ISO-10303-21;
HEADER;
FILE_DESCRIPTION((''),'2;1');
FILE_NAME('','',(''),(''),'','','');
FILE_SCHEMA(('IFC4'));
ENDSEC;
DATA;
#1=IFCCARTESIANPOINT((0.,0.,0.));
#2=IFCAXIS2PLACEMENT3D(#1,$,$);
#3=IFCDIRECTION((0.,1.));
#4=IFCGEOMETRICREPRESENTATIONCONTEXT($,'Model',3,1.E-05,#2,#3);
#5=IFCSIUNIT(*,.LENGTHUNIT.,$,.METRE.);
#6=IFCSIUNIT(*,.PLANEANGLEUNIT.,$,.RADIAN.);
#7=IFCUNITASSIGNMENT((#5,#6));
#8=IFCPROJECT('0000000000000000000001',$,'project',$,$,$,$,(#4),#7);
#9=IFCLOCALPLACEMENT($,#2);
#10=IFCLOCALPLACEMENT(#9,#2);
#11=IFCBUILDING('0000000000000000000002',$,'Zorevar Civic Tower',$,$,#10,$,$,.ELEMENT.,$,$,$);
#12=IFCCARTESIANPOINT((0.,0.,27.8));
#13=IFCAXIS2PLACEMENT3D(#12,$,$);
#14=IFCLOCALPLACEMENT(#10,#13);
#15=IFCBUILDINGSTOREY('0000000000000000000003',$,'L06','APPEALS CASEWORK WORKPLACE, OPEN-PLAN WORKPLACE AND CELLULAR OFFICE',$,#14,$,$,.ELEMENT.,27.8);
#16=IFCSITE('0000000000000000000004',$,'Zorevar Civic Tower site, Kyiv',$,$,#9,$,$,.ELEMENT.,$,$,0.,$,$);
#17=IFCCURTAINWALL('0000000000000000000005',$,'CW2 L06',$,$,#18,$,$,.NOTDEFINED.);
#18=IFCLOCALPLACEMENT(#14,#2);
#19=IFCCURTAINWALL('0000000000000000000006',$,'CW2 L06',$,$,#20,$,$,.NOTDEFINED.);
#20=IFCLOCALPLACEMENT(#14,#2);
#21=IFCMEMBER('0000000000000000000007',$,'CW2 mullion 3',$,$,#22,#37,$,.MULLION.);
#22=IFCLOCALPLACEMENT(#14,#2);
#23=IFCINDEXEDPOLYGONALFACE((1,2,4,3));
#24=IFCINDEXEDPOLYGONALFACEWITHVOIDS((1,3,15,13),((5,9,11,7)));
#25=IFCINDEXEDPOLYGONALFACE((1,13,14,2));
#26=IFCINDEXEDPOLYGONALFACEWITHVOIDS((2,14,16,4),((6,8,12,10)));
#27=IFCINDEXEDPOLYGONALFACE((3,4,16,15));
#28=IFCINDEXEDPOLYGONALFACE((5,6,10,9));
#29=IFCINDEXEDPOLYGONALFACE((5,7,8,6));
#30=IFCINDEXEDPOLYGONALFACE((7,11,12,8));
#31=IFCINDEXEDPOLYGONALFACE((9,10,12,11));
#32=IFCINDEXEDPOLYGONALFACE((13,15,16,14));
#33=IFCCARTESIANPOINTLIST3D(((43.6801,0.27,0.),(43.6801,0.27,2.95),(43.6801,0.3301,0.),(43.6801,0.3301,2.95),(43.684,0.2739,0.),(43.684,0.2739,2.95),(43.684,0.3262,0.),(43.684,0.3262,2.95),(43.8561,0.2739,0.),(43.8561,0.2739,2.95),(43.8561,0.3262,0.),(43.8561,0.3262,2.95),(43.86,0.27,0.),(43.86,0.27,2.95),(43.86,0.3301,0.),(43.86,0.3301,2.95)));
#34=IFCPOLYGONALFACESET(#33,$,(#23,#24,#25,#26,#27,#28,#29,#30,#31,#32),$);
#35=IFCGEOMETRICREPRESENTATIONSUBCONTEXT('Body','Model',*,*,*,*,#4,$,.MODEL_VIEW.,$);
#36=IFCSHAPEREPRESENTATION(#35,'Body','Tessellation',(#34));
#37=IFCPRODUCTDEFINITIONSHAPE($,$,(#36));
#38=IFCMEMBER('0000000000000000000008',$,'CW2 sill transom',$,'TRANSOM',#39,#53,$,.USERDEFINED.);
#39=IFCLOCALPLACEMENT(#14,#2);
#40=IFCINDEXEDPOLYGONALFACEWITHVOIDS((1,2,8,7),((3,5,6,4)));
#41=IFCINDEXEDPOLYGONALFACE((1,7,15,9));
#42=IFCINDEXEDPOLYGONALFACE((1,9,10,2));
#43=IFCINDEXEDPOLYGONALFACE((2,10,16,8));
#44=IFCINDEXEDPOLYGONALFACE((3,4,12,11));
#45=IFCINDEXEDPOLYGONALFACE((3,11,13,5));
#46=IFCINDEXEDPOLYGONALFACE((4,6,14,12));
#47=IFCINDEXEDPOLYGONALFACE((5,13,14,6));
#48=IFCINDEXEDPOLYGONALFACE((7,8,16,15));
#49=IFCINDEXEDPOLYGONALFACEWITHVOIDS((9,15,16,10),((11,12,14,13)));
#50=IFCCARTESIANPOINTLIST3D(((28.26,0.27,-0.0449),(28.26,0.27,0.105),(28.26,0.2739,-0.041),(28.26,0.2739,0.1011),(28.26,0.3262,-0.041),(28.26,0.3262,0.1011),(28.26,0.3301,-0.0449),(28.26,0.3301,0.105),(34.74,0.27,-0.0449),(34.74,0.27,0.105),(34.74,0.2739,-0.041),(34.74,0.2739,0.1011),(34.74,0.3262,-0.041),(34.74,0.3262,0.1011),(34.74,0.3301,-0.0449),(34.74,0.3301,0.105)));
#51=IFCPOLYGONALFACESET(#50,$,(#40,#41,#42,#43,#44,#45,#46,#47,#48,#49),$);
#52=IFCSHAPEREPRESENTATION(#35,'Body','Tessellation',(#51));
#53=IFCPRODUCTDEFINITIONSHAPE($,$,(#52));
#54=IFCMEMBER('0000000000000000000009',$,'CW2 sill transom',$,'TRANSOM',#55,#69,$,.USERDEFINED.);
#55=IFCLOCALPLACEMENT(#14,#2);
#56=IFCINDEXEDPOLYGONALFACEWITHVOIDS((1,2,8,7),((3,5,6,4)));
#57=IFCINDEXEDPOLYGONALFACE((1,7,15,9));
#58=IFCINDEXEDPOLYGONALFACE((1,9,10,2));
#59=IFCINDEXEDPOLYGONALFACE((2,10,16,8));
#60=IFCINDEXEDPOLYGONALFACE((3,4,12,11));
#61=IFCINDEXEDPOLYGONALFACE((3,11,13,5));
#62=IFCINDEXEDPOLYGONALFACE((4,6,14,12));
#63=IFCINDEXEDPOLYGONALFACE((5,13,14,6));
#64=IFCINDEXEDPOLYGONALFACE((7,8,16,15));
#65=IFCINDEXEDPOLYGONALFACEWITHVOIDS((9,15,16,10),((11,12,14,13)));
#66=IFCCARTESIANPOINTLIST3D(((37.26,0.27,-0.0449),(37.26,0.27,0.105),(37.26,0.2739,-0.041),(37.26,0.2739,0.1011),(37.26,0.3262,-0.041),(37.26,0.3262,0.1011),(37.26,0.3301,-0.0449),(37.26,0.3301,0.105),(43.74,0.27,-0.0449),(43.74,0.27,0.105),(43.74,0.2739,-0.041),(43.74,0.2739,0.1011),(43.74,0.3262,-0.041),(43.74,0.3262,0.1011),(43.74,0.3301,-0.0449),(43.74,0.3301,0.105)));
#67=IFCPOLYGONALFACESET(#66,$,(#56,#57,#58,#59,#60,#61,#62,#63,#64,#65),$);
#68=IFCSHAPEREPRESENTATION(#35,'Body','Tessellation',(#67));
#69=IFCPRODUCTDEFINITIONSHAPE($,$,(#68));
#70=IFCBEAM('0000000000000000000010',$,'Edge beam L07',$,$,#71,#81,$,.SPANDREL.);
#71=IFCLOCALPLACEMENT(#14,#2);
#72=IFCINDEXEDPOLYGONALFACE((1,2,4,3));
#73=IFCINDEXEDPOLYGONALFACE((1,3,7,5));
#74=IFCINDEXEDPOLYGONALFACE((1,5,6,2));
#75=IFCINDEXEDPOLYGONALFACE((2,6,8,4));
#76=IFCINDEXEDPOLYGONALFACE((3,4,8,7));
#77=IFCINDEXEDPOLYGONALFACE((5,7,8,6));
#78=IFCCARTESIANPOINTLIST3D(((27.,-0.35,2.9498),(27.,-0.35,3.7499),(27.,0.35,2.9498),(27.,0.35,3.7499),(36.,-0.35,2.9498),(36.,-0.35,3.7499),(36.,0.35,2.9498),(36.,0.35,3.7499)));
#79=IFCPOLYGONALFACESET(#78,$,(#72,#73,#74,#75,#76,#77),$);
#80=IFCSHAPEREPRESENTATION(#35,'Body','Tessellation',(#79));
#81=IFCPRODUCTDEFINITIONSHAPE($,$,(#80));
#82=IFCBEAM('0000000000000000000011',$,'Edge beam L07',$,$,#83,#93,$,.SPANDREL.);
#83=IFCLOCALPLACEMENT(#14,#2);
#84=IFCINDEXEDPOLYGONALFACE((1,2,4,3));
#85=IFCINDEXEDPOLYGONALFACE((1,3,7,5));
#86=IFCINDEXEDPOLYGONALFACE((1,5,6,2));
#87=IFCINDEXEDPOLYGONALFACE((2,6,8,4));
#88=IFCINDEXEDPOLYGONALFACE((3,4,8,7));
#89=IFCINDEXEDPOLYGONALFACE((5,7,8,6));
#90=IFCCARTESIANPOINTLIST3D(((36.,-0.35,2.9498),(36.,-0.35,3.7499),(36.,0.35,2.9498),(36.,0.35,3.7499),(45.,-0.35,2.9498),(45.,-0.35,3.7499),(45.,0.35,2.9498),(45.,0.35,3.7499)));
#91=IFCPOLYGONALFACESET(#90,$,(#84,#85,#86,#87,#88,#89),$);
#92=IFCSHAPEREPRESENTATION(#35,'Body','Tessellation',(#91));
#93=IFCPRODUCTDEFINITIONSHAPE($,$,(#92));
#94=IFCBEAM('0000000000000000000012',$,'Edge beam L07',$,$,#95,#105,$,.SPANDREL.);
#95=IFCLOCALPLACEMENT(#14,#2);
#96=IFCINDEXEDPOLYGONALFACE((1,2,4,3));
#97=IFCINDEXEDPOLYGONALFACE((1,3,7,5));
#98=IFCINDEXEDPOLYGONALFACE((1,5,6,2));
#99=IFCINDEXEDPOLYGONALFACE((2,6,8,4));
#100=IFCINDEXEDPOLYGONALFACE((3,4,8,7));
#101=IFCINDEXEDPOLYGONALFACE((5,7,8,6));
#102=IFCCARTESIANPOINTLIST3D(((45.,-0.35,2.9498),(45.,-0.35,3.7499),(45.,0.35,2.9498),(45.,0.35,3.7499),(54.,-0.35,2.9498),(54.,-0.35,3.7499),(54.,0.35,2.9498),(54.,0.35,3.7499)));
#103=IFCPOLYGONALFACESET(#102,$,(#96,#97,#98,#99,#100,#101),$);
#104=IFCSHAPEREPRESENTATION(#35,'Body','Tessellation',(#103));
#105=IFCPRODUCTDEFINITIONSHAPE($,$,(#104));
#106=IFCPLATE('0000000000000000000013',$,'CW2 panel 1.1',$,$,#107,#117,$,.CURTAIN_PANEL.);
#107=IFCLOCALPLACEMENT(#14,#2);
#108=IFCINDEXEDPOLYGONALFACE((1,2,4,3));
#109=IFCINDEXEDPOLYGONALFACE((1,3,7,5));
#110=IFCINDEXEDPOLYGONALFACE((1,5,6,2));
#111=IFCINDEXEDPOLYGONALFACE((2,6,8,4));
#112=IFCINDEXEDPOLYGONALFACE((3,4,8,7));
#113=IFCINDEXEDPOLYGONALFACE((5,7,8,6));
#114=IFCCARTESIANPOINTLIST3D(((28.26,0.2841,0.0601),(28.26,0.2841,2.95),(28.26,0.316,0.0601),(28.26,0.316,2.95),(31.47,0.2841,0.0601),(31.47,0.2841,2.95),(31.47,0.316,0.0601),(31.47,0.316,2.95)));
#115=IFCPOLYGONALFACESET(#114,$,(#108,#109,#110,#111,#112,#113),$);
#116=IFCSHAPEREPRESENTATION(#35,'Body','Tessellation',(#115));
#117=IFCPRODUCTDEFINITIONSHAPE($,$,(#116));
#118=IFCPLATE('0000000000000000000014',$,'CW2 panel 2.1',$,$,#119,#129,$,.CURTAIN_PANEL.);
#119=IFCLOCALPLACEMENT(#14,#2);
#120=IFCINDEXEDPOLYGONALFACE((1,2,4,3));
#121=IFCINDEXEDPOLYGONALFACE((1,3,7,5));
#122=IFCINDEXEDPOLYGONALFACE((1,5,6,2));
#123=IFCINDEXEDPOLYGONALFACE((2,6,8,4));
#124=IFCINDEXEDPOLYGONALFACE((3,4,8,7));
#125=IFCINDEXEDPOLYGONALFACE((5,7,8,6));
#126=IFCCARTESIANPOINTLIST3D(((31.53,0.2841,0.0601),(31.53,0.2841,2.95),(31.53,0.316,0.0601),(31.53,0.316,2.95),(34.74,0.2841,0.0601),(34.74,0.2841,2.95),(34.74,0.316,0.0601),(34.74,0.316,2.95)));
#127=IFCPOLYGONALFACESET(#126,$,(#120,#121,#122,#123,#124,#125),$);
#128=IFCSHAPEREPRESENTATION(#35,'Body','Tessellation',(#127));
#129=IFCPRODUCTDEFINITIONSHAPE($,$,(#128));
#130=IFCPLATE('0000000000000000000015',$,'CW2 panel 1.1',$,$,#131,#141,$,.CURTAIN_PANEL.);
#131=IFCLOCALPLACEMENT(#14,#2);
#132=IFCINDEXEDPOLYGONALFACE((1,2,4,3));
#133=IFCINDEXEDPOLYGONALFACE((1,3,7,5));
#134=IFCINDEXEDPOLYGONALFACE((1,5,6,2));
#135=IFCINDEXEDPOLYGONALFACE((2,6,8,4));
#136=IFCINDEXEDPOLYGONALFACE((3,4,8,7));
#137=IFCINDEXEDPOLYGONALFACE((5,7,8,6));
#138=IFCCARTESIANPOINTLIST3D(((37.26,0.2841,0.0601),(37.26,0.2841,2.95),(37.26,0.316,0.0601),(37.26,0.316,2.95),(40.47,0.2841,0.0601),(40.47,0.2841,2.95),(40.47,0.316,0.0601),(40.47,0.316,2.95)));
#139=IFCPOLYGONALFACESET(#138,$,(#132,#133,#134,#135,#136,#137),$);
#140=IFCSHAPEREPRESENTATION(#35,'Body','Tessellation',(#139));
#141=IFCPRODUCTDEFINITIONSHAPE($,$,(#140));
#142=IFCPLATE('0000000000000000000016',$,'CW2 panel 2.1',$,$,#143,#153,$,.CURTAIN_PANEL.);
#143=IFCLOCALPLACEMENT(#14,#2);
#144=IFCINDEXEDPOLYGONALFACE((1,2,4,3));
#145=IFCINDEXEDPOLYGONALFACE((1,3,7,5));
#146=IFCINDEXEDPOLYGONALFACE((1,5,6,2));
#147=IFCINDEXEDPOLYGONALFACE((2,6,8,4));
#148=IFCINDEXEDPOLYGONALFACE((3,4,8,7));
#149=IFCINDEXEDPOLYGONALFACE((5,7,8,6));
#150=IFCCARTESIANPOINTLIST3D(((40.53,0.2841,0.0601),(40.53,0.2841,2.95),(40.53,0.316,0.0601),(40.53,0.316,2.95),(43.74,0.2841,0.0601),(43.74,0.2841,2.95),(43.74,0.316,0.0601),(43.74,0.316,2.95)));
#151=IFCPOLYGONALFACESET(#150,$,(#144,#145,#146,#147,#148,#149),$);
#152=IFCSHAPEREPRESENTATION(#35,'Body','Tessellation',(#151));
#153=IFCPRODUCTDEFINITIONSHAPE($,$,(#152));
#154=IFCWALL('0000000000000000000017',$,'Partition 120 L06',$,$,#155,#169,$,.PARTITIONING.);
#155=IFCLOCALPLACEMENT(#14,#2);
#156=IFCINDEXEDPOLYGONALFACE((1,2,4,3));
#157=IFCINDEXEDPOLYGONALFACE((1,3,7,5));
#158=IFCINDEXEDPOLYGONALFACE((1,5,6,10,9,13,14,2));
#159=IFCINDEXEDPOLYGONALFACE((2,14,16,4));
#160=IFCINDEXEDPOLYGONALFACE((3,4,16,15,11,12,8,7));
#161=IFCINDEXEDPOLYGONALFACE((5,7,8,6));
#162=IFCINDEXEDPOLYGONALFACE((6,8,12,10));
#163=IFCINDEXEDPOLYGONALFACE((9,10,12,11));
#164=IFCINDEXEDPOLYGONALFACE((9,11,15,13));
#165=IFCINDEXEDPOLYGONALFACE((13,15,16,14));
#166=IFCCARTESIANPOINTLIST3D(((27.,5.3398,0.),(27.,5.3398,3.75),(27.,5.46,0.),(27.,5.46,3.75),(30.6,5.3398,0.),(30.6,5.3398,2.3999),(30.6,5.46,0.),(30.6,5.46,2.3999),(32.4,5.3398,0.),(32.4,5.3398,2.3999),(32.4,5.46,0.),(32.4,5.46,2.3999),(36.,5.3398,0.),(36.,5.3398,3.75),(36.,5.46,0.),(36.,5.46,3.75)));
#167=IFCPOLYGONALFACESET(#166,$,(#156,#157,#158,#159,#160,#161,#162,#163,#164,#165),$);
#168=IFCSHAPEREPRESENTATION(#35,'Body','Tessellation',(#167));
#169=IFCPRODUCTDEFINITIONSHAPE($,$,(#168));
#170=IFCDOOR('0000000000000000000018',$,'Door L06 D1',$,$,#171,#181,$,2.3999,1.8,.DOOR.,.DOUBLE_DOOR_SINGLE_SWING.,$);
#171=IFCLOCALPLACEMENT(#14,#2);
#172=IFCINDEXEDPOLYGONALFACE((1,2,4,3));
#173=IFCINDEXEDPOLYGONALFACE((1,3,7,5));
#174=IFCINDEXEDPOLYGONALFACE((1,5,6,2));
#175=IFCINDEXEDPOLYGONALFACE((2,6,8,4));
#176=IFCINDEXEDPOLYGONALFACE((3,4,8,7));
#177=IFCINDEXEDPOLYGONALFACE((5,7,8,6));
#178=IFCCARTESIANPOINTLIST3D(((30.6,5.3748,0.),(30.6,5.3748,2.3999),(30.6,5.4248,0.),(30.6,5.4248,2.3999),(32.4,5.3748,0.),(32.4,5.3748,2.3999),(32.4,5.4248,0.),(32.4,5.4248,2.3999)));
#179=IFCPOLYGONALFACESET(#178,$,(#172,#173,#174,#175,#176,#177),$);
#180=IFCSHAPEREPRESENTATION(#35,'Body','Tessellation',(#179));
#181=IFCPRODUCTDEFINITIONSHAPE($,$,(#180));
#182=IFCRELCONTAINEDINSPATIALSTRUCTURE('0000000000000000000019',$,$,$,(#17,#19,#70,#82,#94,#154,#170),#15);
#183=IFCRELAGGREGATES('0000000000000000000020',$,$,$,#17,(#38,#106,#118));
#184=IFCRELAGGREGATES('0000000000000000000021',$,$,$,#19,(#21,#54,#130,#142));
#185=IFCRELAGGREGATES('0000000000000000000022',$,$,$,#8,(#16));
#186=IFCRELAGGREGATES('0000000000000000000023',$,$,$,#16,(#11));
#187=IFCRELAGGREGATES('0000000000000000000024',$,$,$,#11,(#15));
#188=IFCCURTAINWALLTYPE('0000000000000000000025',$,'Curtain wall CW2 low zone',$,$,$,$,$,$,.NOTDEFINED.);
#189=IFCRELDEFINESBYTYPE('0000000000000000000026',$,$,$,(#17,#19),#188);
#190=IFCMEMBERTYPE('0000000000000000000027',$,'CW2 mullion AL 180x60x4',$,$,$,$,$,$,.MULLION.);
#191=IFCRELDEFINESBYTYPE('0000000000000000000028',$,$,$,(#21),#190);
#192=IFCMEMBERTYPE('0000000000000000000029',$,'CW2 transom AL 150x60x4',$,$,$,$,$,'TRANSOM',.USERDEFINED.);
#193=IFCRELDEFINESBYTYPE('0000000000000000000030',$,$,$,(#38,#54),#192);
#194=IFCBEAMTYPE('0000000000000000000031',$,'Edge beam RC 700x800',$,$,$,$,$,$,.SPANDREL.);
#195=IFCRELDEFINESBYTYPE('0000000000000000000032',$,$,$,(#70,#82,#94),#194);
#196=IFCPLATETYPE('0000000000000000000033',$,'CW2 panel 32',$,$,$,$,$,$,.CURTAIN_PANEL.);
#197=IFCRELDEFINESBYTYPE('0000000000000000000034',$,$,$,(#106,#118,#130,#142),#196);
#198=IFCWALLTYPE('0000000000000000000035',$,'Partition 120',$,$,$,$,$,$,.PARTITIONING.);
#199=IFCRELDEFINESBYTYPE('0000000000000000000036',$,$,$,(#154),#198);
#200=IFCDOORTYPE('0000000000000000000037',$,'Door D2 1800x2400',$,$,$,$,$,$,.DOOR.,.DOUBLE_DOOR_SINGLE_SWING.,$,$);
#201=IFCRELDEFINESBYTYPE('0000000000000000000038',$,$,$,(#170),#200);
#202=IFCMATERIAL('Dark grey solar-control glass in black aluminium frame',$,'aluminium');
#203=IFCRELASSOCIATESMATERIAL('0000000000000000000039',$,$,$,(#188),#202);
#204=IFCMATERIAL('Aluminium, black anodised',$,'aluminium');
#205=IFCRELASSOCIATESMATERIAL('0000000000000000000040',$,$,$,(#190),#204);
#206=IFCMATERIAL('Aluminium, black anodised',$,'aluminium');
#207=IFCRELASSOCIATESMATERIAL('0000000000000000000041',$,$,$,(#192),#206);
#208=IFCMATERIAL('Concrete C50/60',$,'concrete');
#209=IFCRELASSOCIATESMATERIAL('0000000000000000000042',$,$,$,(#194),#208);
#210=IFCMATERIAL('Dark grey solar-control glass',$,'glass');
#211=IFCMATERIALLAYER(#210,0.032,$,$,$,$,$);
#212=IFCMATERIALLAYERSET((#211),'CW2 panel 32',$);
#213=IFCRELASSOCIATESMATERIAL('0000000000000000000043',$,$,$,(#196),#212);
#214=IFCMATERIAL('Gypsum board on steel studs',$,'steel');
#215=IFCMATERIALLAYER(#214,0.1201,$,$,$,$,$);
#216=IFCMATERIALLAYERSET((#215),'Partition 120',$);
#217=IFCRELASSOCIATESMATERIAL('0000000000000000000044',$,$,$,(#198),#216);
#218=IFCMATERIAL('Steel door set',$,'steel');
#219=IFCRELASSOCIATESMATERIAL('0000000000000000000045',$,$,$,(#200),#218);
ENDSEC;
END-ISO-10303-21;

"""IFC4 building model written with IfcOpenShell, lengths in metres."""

from ifc_helpers import new_model, si_unit, direction, frame, frame_2d, origin, origin_2d, place, context, subcontext, project, spatial, rectangle, hollow_rectangle, extrude, material, layer, layer_set, material_profile, profile_set, type_object, element, fill, aggregate, save


model = new_model("IFC4")

# Units and contexts
model_context = context("Model", 3, precision=1e-05, world=origin(), true_north=direction((0.0, 1.0)))
body_context = subcontext(model_context, "Body", "Model", "MODEL_VIEW")
ifc_project = project(units=[si_unit("LENGTHUNIT", "METRE"), si_unit("PLANEANGLEUNIT", "RADIAN")], contexts=[model_context])

# Site, building, storey
site_placement = place(None, origin())
site = spatial("IfcSite", under=ifc_project, at=site_placement, Name="Zorevar Civic Tower site, Kyiv", CompositionType="ELEMENT", RefElevation=0.0)
building_placement = place(site_placement, origin())
building = spatial("IfcBuilding", under=site, at=building_placement, Name="Zorevar Civic Tower", CompositionType="ELEMENT")
storey_placement = place(building_placement, frame((0.0, 0.0, 27.8)))
storey = spatial("IfcBuildingStorey", under=building, at=storey_placement, Name="L06", Description="APPEALS CASEWORK WORKPLACE, OPEN-PLAN WORKPLACE AND CELLULAR OFFICE", CompositionType="ELEMENT", Elevation=27.8)

# Curtain walls, member
ifc_material_1 = material(Name="Dark grey solar-control glass in black aluminium frame", Category="aluminium")
curtain_wall_type = type_object("IfcCurtainWallType", Name="Curtain wall CW2 low zone", PredefinedType="NOTDEFINED", material=ifc_material_1)
curtain_wall_1_placement = place(storey_placement, origin())
curtain_wall_1 = element("IfcCurtainWall", 1, at=curtain_wall_1_placement, inside=storey, type_object=curtain_wall_type, Name="CW2 L06", PredefinedType="NOTDEFINED")
ifc_material_2 = material(Name="Aluminium, black anodised", Category="aluminium")
ifc_material_profile_1 = material_profile(ifc_material_2, hollow_rectangle(XDim=0.0601, YDim=0.1799, WallThickness=0.0039, at=origin_2d()), Name="AL 180x60x4")
ifc_profile_set_1 = profile_set([ifc_material_profile_1], Name="Aluminium, black anodised")
member_type_1 = type_object("IfcMemberType", Name="CW2 mullion AL 180x60x4", PredefinedType="MULLION", material=ifc_profile_set_1)
curtain_wall_2_placement = place(storey_placement, origin())
curtain_wall_2 = element("IfcCurtainWall", 2, at=curtain_wall_2_placement, inside=storey, type_object=curtain_wall_type, Name="CW2 L06", PredefinedType="NOTDEFINED")
member_1_placement = place(storey_placement, frame((43.77, 0.3, 0.0), z_axis=(0.0, 0.0, 1.0), x_axis=(0.0, 1.0, 0.0)))
member_1 = element("IfcMember", 3, at=member_1_placement, type_object=member_type_1, Name="CW2 mullion 3", PredefinedType="MULLION", context=body_context, shape_type="SweptSolid", body=[
    extrude(hollow_rectangle(XDim=0.0601, YDim=0.1799, WallThickness=0.0039, at=origin_2d()), origin(), (0.0, 0.0, 1.0), 2.95),
])

# Members
ifc_material_3 = material(Name="Aluminium, black anodised", Category="aluminium")
ifc_material_profile_2 = material_profile(ifc_material_3, hollow_rectangle(XDim=0.0601, YDim=0.1499, WallThickness=0.0039, at=origin_2d()), Name="AL 150x60x4")
ifc_profile_set_2 = profile_set([ifc_material_profile_2], Name="Aluminium, black anodised")
member_type_2 = type_object("IfcMemberType", Name="CW2 transom AL 150x60x4", ElementType="TRANSOM", PredefinedType="USERDEFINED", material=ifc_profile_set_2)
member_2_placement = place(storey_placement, frame((28.26, 0.3, 0.03), z_axis=(1.0, 0.0, 0.0), x_axis=(0.0, 1.0, 0.0)))
member_2 = element("IfcMember", 4, at=member_2_placement, type_object=member_type_2, Name="CW2 sill transom", ObjectType="TRANSOM", PredefinedType="USERDEFINED", context=body_context, shape_type="SweptSolid", body=[
    extrude(hollow_rectangle(XDim=0.0601, YDim=0.1499, WallThickness=0.0039, at=origin_2d()), origin(), (0.0, 0.0, 1.0), 6.48),
])
member_3_placement = place(storey_placement, frame((37.26, 0.3, 0.03), z_axis=(1.0, 0.0, 0.0), x_axis=(0.0, 1.0, 0.0)))
member_3 = element("IfcMember", 5, at=member_3_placement, type_object=member_type_2, Name="CW2 sill transom", ObjectType="TRANSOM", PredefinedType="USERDEFINED", context=body_context, shape_type="SweptSolid", body=[
    extrude(hollow_rectangle(XDim=0.0601, YDim=0.1499, WallThickness=0.0039, at=origin_2d()), origin(), (0.0, 0.0, 1.0), 6.48),
])

# Beams
ifc_material_4 = material(Name="Concrete C50/60", Category="concrete")
ifc_material_profile_3 = material_profile(ifc_material_4, rectangle(XDim=0.7, YDim=0.8, at=origin_2d()), Name="RC 700x800")
ifc_profile_set_3 = profile_set([ifc_material_profile_3], Name="Concrete C50/60")
beam_type_1 = type_object("IfcBeamType", Name="Edge beam RC 700x800", PredefinedType="SPANDREL", material=ifc_profile_set_3)
for number, where, z_axis, x_axis, name in (
    (6, (27.0, 0.0, 3.3499), (1.0, 0.0, 0.0), (0.0, 1.0, 0.0), "Edge beam L07"),
    (7, (36.0, 0.0, 3.3499), (1.0, 0.0, 0.0), (0.0, 1.0, 0.0), "Edge beam L07"),
    (8, (45.0, 0.0, 3.3499), (1.0, 0.0, 0.0), (0.0, 1.0, 0.0), "Edge beam L07"),
):
    element("IfcBeam", number, at=place(storey_placement, frame(where, z_axis=z_axis, x_axis=x_axis)), inside=storey, type_object=beam_type_1, Name=name, PredefinedType="SPANDREL", context=body_context, shape_type="SweptSolid", body=[
        extrude(rectangle(XDim=0.7, YDim=0.8, at=origin_2d()), origin(), (0.0, 0.0, 1.0), 9.0),
    ])

# Plates
ifc_material_5 = material(Name="Dark grey solar-control glass", Category="glass")
ifc_layer_1 = layer(ifc_material_5, 0.032)
ifc_layer_set_1 = layer_set([ifc_layer_1], Name="CW2 panel 32")
plate_type = type_object("IfcPlateType", Name="CW2 panel 32", PredefinedType="CURTAIN_PANEL", material=ifc_layer_set_1)
plate_1_placement = place(storey_placement, frame((29.865, 0.3, 0.0601), z_axis=(0.0, 0.0, 1.0), x_axis=(1.0, 0.0, 0.0)))
plate_1 = element("IfcPlate", 9, at=plate_1_placement, type_object=plate_type, Name="CW2 panel 1.1", PredefinedType="CURTAIN_PANEL", context=body_context, shape_type="SweptSolid", body=[
    extrude(rectangle(XDim=3.21, YDim=0.032, at=origin_2d()), origin(), (0.0, 0.0, 1.0), 2.8899),
])
plate_2_placement = place(storey_placement, frame((33.135, 0.3, 0.0601), z_axis=(0.0, 0.0, 1.0), x_axis=(1.0, 0.0, 0.0)))
plate_2 = element("IfcPlate", 10, at=plate_2_placement, type_object=plate_type, Name="CW2 panel 2.1", PredefinedType="CURTAIN_PANEL", context=body_context, shape_type="SweptSolid", body=[
    extrude(rectangle(XDim=3.21, YDim=0.032, at=origin_2d()), origin(), (0.0, 0.0, 1.0), 2.8899),
])
aggregate(curtain_wall_1, [member_2, plate_1, plate_2])
plate_3_placement = place(storey_placement, frame((38.865, 0.3, 0.0601), z_axis=(0.0, 0.0, 1.0), x_axis=(1.0, 0.0, 0.0)))
plate_3 = element("IfcPlate", 11, at=plate_3_placement, type_object=plate_type, Name="CW2 panel 1.1", PredefinedType="CURTAIN_PANEL", context=body_context, shape_type="SweptSolid", body=[
    extrude(rectangle(XDim=3.21, YDim=0.032, at=origin_2d()), origin(), (0.0, 0.0, 1.0), 2.8899),
])
plate_4_placement = place(storey_placement, frame((42.135, 0.3, 0.0601), z_axis=(0.0, 0.0, 1.0), x_axis=(1.0, 0.0, 0.0)))
plate_4 = element("IfcPlate", 12, at=plate_4_placement, type_object=plate_type, Name="CW2 panel 2.1", PredefinedType="CURTAIN_PANEL", context=body_context, shape_type="SweptSolid", body=[
    extrude(rectangle(XDim=3.21, YDim=0.032, at=origin_2d()), origin(), (0.0, 0.0, 1.0), 2.8899),
])
aggregate(curtain_wall_2, [member_1, member_3, plate_3, plate_4])

# Wall, opening, door
ifc_material_6 = material(Name="Gypsum board on steel studs", Category="steel")
ifc_layer_2 = layer(ifc_material_6, 0.1201)
ifc_layer_set_2 = layer_set([ifc_layer_2], Name="Partition 120")
wall_type = type_object("IfcWallType", Name="Partition 120", PredefinedType="PARTITIONING", material=ifc_layer_set_2)
wall_1_placement = place(storey_placement, frame((27.0, 5.3999, 0.0), z_axis=(0.0, 0.0, 1.0), x_axis=(1.0, 0.0, 0.0)))
wall_1 = element("IfcWall", 13, at=wall_1_placement, inside=storey, type_object=wall_type, Name="Partition 120 L06", PredefinedType="PARTITIONING", context=body_context, shape_type="SweptSolid", body=[
    extrude(rectangle(XDim=9.0, YDim=0.1201, at=frame_2d((4.5, 0.0))), origin(), (0.0, 0.0, 1.0), 3.75),
])
opening_placement = place(wall_1_placement, frame((3.6001, 0.0, 0.0)))
opening = element("IfcOpeningElement", 14, at=opening_placement, cuts=wall_1, PredefinedType="OPENING", context=body_context, shape_type="SweptSolid", body=[
    extrude(rectangle(XDim=1.8, YDim=2.3999, at=frame_2d((0.8999, 1.2))), frame((0.0, 0.0701, 0.0), z_axis=(0.0, -1.0, 0.0), x_axis=(1.0, 0.0, 0.0)), (0.0, 0.0, 1.0), 0.1401),
])
ifc_material_7 = material(Name="Steel door set", Category="steel")
door_type = type_object("IfcDoorType", Name="Door D2 1800x2400", OperationType="DOUBLE_DOOR_SINGLE_SWING", PredefinedType="DOOR", material=ifc_material_7)
door_placement = place(opening_placement, origin())
door = element("IfcDoor", 15, at=door_placement, inside=storey, type_object=door_type, Name="Door L06 D1", OperationType="DOUBLE_DOOR_SINGLE_SWING", OverallHeight=2.3999, OverallWidth=1.8, PredefinedType="DOOR", context=body_context, shape_type="SweptSolid", body=[
    extrude(rectangle(XDim=1.8, YDim=2.3999, at=frame_2d((0.8999, 1.2))), frame((0.0, 0.0249, 0.0), z_axis=(0.0, -1.0, 0.0), x_axis=(1.0, 0.0, 0.0)), (0.0, 0.0, 1.0), 0.05),
])
fill(opening, door)

save(model, "model.ifc")
